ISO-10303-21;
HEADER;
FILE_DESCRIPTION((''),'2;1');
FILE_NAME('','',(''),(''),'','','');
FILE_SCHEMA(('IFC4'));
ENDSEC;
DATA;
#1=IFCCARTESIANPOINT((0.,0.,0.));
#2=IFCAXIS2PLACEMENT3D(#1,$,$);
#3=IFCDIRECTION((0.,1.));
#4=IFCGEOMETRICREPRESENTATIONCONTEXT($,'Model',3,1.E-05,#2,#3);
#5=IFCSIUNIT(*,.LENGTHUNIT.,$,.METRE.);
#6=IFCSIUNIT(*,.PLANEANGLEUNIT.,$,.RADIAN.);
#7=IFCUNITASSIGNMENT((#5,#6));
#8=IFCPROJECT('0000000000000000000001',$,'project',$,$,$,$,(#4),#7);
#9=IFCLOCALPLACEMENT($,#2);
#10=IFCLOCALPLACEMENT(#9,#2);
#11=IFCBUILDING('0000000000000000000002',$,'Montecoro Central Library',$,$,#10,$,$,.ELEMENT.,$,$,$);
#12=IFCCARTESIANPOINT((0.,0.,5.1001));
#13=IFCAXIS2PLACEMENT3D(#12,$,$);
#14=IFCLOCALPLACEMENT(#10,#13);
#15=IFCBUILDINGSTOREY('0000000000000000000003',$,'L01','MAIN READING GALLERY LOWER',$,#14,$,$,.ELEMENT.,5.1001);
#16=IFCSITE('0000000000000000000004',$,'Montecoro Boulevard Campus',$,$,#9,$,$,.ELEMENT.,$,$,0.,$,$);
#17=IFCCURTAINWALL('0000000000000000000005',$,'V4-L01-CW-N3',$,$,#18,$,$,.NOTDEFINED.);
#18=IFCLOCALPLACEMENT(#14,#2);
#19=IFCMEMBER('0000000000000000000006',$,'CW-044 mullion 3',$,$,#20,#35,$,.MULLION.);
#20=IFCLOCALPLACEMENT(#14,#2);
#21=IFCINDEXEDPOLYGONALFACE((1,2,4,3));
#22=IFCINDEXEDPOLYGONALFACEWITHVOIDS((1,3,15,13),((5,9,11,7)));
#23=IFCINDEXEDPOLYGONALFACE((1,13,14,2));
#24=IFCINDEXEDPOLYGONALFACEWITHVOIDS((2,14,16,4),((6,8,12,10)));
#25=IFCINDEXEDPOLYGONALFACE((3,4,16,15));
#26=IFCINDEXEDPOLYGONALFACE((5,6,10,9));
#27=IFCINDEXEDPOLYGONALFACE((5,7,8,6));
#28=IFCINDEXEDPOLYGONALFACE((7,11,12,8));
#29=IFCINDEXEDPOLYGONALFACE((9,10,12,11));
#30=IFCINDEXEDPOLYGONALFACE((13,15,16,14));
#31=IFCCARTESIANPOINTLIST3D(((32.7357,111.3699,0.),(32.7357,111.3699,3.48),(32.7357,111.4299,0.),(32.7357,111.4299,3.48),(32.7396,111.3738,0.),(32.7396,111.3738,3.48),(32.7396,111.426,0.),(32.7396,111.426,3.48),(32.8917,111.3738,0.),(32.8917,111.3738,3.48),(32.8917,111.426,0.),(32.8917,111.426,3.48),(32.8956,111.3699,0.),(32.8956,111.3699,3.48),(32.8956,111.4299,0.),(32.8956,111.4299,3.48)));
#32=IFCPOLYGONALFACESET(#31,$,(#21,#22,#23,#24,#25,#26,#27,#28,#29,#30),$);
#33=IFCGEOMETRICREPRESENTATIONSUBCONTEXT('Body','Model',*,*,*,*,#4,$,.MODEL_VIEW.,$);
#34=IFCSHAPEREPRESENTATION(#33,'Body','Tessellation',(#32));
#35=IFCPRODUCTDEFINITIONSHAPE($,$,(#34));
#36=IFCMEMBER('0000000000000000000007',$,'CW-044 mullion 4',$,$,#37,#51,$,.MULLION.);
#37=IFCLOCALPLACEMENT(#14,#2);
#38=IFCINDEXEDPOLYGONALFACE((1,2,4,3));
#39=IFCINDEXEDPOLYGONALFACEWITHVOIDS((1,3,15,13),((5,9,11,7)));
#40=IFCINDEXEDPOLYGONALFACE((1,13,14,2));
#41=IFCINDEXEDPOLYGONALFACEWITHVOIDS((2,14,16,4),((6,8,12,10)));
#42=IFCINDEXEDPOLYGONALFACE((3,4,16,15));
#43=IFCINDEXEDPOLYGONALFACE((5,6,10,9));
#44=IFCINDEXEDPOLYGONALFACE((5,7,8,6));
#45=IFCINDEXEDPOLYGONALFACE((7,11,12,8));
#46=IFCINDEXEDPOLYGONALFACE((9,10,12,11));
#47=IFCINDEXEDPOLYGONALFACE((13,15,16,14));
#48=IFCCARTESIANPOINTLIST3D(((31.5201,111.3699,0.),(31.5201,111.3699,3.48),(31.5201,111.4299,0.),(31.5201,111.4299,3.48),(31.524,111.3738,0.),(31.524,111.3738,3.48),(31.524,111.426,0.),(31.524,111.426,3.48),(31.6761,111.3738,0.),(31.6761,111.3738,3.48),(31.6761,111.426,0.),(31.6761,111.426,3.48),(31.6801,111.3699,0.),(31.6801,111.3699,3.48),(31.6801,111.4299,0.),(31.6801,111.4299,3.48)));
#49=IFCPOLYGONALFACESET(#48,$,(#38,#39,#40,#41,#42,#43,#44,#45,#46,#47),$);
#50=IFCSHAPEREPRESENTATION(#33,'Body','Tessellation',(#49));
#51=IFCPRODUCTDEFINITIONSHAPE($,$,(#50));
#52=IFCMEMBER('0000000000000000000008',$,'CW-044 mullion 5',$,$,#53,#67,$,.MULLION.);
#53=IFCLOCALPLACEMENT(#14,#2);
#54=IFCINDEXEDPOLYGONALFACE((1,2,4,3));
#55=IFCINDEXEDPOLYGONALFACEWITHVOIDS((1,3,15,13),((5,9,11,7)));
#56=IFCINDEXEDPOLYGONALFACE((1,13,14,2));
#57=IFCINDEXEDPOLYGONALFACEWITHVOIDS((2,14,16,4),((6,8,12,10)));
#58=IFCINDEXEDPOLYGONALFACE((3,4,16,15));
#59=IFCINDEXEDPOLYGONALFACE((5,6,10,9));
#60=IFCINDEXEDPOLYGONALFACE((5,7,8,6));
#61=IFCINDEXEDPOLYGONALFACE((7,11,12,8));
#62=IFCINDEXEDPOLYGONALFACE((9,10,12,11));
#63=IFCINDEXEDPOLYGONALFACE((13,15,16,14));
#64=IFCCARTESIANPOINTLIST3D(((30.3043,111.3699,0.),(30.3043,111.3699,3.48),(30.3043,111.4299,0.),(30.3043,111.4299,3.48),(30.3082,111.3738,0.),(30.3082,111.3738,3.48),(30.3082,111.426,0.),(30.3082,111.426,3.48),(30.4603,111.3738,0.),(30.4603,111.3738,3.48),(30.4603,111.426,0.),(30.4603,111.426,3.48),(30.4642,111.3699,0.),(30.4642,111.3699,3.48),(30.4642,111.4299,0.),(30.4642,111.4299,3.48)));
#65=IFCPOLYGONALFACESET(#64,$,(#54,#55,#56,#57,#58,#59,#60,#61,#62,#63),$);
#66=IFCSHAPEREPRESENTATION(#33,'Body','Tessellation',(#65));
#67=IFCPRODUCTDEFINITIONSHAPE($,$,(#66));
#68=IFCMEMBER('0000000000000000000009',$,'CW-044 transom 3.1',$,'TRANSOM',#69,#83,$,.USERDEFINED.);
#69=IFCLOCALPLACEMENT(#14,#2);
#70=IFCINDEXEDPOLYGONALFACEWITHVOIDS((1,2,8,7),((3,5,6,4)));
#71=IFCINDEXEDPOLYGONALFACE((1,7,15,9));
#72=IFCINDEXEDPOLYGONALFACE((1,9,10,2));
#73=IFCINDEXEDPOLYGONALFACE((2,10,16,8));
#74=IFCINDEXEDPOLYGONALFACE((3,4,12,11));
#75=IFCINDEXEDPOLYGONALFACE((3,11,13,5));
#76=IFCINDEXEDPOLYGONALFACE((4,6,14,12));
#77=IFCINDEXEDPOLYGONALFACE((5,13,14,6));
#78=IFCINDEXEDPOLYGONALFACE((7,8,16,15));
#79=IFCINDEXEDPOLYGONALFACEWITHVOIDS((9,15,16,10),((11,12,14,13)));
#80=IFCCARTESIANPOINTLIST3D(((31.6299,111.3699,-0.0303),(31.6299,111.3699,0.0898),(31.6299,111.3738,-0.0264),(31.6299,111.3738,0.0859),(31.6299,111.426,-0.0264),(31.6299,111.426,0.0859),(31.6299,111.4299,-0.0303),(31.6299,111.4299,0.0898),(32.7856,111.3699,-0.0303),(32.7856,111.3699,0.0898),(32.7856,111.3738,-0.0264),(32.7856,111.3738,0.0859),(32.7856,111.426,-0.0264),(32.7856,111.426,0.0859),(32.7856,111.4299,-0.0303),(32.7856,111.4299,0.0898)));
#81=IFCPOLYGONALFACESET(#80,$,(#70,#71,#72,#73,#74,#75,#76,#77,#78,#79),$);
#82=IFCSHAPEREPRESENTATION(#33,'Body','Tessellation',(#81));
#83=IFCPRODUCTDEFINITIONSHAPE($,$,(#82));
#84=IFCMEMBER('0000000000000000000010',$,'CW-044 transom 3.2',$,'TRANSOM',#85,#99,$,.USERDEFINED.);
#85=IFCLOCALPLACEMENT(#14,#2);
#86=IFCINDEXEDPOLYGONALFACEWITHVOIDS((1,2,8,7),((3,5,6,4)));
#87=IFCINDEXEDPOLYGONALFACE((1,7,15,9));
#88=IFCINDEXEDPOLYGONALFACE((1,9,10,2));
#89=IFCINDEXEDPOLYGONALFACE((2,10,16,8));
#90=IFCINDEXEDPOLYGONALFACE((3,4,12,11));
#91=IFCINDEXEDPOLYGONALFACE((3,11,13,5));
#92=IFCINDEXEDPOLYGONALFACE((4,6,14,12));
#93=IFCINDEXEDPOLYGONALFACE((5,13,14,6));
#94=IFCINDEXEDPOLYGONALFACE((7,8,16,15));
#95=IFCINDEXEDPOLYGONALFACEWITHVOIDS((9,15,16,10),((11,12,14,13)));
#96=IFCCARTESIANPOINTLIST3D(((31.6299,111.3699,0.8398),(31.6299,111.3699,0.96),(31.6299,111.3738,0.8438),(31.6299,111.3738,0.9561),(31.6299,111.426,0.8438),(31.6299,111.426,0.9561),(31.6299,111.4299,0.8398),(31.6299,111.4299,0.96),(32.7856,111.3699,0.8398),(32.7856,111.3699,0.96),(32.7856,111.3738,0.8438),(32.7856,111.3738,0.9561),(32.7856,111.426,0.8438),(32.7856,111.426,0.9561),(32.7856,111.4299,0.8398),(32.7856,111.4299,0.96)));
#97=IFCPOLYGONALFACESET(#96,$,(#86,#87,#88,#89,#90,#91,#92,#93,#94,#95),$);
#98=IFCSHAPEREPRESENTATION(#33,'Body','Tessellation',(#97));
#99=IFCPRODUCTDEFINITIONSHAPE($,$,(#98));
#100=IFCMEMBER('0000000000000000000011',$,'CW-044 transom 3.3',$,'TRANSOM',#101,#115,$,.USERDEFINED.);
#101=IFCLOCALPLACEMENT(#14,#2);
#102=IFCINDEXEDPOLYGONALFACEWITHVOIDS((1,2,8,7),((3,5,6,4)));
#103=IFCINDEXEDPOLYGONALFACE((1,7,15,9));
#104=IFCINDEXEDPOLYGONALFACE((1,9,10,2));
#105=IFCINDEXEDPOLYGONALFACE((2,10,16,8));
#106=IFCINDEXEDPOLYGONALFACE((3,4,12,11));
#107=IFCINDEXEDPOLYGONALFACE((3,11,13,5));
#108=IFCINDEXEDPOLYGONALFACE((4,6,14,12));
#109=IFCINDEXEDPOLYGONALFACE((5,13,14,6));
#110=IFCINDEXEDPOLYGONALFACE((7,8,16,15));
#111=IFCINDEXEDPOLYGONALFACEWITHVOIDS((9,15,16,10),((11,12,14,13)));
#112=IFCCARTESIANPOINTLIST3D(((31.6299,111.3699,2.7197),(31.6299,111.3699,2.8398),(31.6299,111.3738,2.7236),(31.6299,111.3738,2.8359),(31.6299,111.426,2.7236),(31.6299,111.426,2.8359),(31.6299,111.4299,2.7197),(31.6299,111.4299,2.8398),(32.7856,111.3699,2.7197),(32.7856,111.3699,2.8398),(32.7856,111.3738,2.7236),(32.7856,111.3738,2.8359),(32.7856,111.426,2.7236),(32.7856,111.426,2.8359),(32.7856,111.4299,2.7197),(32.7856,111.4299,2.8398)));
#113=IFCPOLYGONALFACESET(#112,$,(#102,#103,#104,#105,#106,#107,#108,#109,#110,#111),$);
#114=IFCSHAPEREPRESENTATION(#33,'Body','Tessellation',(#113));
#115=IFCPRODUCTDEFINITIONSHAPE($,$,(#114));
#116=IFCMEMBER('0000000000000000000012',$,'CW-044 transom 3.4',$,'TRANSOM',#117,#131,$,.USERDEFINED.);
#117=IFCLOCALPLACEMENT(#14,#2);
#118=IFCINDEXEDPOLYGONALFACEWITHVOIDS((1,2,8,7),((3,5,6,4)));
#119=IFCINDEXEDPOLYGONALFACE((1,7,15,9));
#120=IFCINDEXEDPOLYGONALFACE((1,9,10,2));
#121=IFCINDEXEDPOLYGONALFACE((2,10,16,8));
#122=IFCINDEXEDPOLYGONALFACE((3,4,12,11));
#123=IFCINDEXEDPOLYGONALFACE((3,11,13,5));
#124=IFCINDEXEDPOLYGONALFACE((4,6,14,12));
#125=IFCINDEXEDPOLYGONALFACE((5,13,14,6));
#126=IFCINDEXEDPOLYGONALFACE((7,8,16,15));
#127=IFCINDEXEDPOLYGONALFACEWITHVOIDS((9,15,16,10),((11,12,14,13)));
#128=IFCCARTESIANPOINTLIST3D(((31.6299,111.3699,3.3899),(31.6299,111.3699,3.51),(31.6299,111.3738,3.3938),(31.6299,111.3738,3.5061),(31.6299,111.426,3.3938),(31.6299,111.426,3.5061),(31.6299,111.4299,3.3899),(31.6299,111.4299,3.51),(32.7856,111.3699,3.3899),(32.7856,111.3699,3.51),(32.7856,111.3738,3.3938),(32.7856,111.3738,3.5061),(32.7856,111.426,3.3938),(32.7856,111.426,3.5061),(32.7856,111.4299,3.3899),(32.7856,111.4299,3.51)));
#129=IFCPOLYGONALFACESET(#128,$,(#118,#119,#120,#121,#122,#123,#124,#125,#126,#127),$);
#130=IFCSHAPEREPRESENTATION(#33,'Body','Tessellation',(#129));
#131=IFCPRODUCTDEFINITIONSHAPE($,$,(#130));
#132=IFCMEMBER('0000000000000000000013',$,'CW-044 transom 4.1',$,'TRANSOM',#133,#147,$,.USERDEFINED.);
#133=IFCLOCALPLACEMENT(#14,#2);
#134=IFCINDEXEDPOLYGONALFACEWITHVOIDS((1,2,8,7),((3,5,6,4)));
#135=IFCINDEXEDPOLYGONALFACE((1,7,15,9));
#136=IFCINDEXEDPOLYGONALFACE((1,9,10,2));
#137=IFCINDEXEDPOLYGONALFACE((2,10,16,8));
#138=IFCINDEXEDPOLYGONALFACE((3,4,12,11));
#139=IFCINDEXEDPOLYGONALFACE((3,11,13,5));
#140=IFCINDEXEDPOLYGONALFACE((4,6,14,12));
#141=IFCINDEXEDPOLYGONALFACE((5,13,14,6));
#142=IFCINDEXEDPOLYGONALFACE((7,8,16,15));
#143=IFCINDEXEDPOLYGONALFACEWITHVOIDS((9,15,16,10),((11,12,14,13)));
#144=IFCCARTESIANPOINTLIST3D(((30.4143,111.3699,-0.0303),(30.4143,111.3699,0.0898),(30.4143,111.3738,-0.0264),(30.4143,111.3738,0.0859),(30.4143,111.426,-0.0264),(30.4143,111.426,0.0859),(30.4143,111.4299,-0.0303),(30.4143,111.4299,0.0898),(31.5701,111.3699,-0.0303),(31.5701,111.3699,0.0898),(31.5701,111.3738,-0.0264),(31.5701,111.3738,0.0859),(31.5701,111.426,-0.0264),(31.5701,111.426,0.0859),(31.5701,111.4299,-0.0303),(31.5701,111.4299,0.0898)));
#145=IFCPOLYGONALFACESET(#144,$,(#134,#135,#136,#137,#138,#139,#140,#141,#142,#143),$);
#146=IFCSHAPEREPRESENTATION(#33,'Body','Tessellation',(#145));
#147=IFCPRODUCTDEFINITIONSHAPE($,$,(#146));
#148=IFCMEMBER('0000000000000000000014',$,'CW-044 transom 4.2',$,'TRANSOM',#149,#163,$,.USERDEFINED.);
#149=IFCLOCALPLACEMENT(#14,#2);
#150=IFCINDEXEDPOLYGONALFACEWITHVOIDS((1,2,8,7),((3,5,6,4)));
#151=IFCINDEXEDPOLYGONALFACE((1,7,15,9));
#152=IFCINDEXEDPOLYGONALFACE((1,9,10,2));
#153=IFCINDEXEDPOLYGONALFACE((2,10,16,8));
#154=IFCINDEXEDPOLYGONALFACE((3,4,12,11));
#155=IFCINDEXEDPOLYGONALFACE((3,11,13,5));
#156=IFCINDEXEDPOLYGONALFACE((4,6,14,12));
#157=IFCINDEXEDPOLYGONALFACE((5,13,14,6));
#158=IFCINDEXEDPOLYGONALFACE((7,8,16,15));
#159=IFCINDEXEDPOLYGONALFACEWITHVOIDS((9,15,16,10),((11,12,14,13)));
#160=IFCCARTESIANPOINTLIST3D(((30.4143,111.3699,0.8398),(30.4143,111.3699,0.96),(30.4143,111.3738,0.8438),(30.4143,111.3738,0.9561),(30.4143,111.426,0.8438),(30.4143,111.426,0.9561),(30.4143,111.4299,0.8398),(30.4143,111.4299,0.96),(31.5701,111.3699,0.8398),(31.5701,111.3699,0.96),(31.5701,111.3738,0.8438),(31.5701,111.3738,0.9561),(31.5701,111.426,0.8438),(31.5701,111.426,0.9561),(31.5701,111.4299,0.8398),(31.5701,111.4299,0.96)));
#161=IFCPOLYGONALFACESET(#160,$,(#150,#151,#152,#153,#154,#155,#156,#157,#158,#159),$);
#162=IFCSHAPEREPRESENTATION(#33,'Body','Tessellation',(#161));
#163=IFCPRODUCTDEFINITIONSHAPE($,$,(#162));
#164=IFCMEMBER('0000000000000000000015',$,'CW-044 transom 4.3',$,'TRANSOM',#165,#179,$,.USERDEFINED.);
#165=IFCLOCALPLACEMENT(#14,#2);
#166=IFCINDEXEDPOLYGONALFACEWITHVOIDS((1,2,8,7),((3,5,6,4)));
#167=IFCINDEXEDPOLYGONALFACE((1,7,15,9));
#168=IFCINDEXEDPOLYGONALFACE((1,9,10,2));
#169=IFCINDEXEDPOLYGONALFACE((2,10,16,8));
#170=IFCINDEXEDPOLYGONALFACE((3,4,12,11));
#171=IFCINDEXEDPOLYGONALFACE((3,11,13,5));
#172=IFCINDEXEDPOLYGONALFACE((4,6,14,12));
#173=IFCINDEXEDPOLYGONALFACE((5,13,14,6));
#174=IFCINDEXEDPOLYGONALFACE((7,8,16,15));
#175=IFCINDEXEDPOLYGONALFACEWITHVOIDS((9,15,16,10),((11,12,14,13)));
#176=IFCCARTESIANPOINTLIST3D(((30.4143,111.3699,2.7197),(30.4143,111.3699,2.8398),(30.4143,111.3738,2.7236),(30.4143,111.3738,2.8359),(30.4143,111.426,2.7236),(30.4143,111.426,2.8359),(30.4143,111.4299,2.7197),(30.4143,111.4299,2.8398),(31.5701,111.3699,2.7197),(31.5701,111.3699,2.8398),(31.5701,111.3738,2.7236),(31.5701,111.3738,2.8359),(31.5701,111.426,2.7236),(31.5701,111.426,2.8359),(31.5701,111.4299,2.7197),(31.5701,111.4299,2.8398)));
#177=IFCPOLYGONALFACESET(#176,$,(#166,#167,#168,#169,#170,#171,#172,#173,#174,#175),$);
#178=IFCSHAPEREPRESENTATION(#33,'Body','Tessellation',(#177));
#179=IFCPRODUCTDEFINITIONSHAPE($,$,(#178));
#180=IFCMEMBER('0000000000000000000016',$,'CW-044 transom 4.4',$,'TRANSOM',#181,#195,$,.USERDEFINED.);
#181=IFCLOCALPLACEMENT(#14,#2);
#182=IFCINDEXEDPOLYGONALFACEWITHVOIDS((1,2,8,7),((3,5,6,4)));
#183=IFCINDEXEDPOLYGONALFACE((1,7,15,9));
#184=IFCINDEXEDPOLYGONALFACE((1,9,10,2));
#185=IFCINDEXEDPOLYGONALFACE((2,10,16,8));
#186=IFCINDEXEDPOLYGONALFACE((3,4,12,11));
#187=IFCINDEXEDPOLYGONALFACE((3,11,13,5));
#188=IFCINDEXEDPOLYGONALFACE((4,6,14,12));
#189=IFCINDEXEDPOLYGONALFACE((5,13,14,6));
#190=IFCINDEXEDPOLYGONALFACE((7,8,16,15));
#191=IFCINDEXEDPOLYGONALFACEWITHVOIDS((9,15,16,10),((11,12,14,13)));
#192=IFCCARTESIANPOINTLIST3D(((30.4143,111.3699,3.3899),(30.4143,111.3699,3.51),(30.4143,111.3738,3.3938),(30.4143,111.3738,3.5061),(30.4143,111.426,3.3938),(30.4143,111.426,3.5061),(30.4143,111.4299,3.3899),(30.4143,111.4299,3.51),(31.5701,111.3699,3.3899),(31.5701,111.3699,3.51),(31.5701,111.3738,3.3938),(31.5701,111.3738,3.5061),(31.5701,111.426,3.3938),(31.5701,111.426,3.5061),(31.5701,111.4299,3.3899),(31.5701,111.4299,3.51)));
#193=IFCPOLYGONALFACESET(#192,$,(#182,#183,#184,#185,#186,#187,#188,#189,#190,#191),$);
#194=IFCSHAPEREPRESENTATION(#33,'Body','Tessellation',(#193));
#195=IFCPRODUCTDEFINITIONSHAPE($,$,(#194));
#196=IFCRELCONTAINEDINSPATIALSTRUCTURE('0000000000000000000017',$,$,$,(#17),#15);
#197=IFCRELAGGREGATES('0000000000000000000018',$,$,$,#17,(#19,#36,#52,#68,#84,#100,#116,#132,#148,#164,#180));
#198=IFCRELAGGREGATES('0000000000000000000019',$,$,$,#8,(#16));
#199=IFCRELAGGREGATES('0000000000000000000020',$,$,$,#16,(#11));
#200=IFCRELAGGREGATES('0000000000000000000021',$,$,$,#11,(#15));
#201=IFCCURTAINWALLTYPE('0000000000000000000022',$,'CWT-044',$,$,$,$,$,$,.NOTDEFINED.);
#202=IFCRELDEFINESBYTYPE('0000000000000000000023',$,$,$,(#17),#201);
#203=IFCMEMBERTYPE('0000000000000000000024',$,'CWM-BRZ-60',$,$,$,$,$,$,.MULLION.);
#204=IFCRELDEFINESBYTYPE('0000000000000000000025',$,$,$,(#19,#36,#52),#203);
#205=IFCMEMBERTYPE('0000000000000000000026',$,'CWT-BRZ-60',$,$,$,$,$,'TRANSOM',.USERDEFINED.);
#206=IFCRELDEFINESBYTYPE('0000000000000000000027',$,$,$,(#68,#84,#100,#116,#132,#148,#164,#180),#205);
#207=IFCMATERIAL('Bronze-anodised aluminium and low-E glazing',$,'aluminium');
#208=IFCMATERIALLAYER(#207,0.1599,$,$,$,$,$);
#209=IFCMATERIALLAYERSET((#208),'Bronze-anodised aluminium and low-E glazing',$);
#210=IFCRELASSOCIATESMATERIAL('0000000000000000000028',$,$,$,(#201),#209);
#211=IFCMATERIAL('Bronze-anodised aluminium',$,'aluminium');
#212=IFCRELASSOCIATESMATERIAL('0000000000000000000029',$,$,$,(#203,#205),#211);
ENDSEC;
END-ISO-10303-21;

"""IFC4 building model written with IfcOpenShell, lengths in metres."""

from ifc_helpers import new_model, si_unit, direction, frame, origin, origin_2d, place, context, subcontext, project, spatial, hollow_rectangle, extrude, material, layer, layer_set, material_profile, profile_set, type_object, element, aggregate, save


model = new_model("IFC4")

# Units and contexts
model_context = context("Model", 3, precision=1e-05, world=origin(), true_north=direction((0.0, 1.0)))
body_context = subcontext(model_context, "Body", "Model", "MODEL_VIEW")
ifc_project = project(units=[si_unit("LENGTHUNIT", "METRE"), si_unit("PLANEANGLEUNIT", "RADIAN")], contexts=[model_context])

# Site, building, storey
site_placement = place(None, origin())
site = spatial("IfcSite", under=ifc_project, at=site_placement, Name="Montecoro Boulevard Campus", CompositionType="ELEMENT", RefElevation=0.0)
building_placement = place(site_placement, origin())
building = spatial("IfcBuilding", under=site, at=building_placement, Name="Montecoro Central Library", CompositionType="ELEMENT")
storey_placement = place(building_placement, frame((0.0, 0.0, 5.1001)))
storey = spatial("IfcBuildingStorey", under=building, at=storey_placement, Name="L01", Description="MAIN READING GALLERY LOWER", CompositionType="ELEMENT", Elevation=5.1001)

# Curtain wall, members
ifc_material_1 = material(Name="Bronze-anodised aluminium and low-E glazing", Category="aluminium")
ifc_layer_1 = layer(ifc_material_1, 0.1599)
ifc_layer_set_1 = layer_set([ifc_layer_1], Name="Bronze-anodised aluminium and low-E glazing")
curtain_wall_type = type_object("IfcCurtainWallType", Name="CWT-044", PredefinedType="NOTDEFINED", material=ifc_layer_set_1)
curtain_wall_placement = place(storey_placement, origin())
curtain_wall = element("IfcCurtainWall", 1, at=curtain_wall_placement, inside=storey, type_object=curtain_wall_type, Name="V4-L01-CW-N3", PredefinedType="NOTDEFINED")
ifc_material_2 = material(Name="Bronze-anodised aluminium", Category="aluminium")
ifc_material_profile_1 = material_profile(ifc_material_2, hollow_rectangle(XDim=0.0601, YDim=0.1599, WallThickness=0.0039, at=origin_2d()), Name="CWM 160x60x4.0")
ifc_profile_set_1 = profile_set([ifc_material_profile_1], Name="Bronze-anodised aluminium")
member_type_1 = type_object("IfcMemberType", Name="CWM-BRZ-60", PredefinedType="MULLION", material=ifc_profile_set_1)
member_1_placement = place(storey_placement, frame((32.8157, 111.3999, 0.0), z_axis=(0.0, 0.0, 1.0), x_axis=(0.0, -1.0, 0.0)))
member_1 = element("IfcMember", 2, at=member_1_placement, type_object=member_type_1, Name="CW-044 mullion 3", PredefinedType="MULLION", context=body_context, shape_type="SweptSolid", body=[
    extrude(hollow_rectangle(XDim=0.0601, YDim=0.1599, WallThickness=0.0039, at=origin_2d()), origin(), (0.0, 0.0, 1.0), 3.48),
])
member_2_placement = place(storey_placement, frame((31.6001, 111.3999, 0.0), z_axis=(0.0, 0.0, 1.0), x_axis=(0.0, -1.0, 0.0)))
member_2 = element("IfcMember", 3, at=member_2_placement, type_object=member_type_1, Name="CW-044 mullion 4", PredefinedType="MULLION", context=body_context, shape_type="SweptSolid", body=[
    extrude(hollow_rectangle(XDim=0.0601, YDim=0.1599, WallThickness=0.0039, at=origin_2d()), origin(), (0.0, 0.0, 1.0), 3.48),
])
member_3_placement = place(storey_placement, frame((30.3843, 111.3999, 0.0), z_axis=(0.0, 0.0, 1.0), x_axis=(0.0, -1.0, 0.0)))
member_3 = element("IfcMember", 4, at=member_3_placement, type_object=member_type_1, Name="CW-044 mullion 5", PredefinedType="MULLION", context=body_context, shape_type="SweptSolid", body=[
    extrude(hollow_rectangle(XDim=0.0601, YDim=0.1599, WallThickness=0.0039, at=origin_2d()), origin(), (0.0, 0.0, 1.0), 3.48),
])
ifc_material_profile_2 = material_profile(ifc_material_2, hollow_rectangle(XDim=0.0601, YDim=0.1201, WallThickness=0.0039, at=origin_2d()), Name="CWT 120x60x4.0")
ifc_profile_set_2 = profile_set([ifc_material_profile_2], Name="Bronze-anodised aluminium")
member_type_2 = type_object("IfcMemberType", Name="CWT-BRZ-60", ElementType="TRANSOM", PredefinedType="USERDEFINED", material=ifc_profile_set_2)
member_4_placement = place(storey_placement, frame((32.7856, 111.3999, 0.0298), z_axis=(-1.0, 0.0, 0.0), x_axis=(0.0, -1.0, 0.0)))
member_4 = element("IfcMember", 5, at=member_4_placement, type_object=member_type_2, Name="CW-044 transom 3.1", ObjectType="TRANSOM", PredefinedType="USERDEFINED", context=body_context, shape_type="SweptSolid", body=[
    extrude(hollow_rectangle(XDim=0.0601, YDim=0.1201, WallThickness=0.0039, at=origin_2d()), origin(), (0.0, 0.0, 1.0), 1.1558),
])
member_5_placement = place(storey_placement, frame((32.7856, 111.3999, 0.8999), z_axis=(-1.0, 0.0, 0.0), x_axis=(0.0, -1.0, 0.0)))
member_5 = element("IfcMember", 6, at=member_5_placement, type_object=member_type_2, Name="CW-044 transom 3.2", ObjectType="TRANSOM", PredefinedType="USERDEFINED", context=body_context, shape_type="SweptSolid", body=[
    extrude(hollow_rectangle(XDim=0.0601, YDim=0.1201, WallThickness=0.0039, at=origin_2d()), origin(), (0.0, 0.0, 1.0), 1.1558),
])
member_6_placement = place(storey_placement, frame((32.7856, 111.3999, 2.7798), z_axis=(-1.0, 0.0, 0.0), x_axis=(0.0, -1.0, 0.0)))
member_6 = element("IfcMember", 7, at=member_6_placement, type_object=member_type_2, Name="CW-044 transom 3.3", ObjectType="TRANSOM", PredefinedType="USERDEFINED", context=body_context, shape_type="SweptSolid", body=[
    extrude(hollow_rectangle(XDim=0.0601, YDim=0.1201, WallThickness=0.0039, at=origin_2d()), origin(), (0.0, 0.0, 1.0), 1.1558),
])
member_7_placement = place(storey_placement, frame((32.7856, 111.3999, 3.45), z_axis=(-1.0, 0.0, 0.0), x_axis=(0.0, -1.0, 0.0)))
member_7 = element("IfcMember", 8, at=member_7_placement, type_object=member_type_2, Name="CW-044 transom 3.4", ObjectType="TRANSOM", PredefinedType="USERDEFINED", context=body_context, shape_type="SweptSolid", body=[
    extrude(hollow_rectangle(XDim=0.0601, YDim=0.1201, WallThickness=0.0039, at=origin_2d()), origin(), (0.0, 0.0, 1.0), 1.1558),
])
member_8_placement = place(storey_placement, frame((31.5701, 111.3999, 0.0298), z_axis=(-1.0, 0.0, 0.0), x_axis=(0.0, -1.0, 0.0)))
member_8 = element("IfcMember", 9, at=member_8_placement, type_object=member_type_2, Name="CW-044 transom 4.1", ObjectType="TRANSOM", PredefinedType="USERDEFINED", context=body_context, shape_type="SweptSolid", body=[
    extrude(hollow_rectangle(XDim=0.0601, YDim=0.1201, WallThickness=0.0039, at=origin_2d()), origin(), (0.0, 0.0, 1.0), 1.1558),
])
member_9_placement = place(storey_placement, frame((31.5701, 111.3999, 0.8999), z_axis=(-1.0, 0.0, 0.0), x_axis=(0.0, -1.0, 0.0)))
member_9 = element("IfcMember", 10, at=member_9_placement, type_object=member_type_2, Name="CW-044 transom 4.2", ObjectType="TRANSOM", PredefinedType="USERDEFINED", context=body_context, shape_type="SweptSolid", body=[
    extrude(hollow_rectangle(XDim=0.0601, YDim=0.1201, WallThickness=0.0039, at=origin_2d()), origin(), (0.0, 0.0, 1.0), 1.1558),
])
member_10_placement = place(storey_placement, frame((31.5701, 111.3999, 2.7798), z_axis=(-1.0, 0.0, 0.0), x_axis=(0.0, -1.0, 0.0)))
member_10 = element("IfcMember", 11, at=member_10_placement, type_object=member_type_2, Name="CW-044 transom 4.3", ObjectType="TRANSOM", PredefinedType="USERDEFINED", context=body_context, shape_type="SweptSolid", body=[
    extrude(hollow_rectangle(XDim=0.0601, YDim=0.1201, WallThickness=0.0039, at=origin_2d()), origin(), (0.0, 0.0, 1.0), 1.1558),
])
member_11_placement = place(storey_placement, frame((31.5701, 111.3999, 3.45), z_axis=(-1.0, 0.0, 0.0), x_axis=(0.0, -1.0, 0.0)))
member_11 = element("IfcMember", 12, at=member_11_placement, type_object=member_type_2, Name="CW-044 transom 4.4", ObjectType="TRANSOM", PredefinedType="USERDEFINED", context=body_context, shape_type="SweptSolid", body=[
    extrude(hollow_rectangle(XDim=0.0601, YDim=0.1201, WallThickness=0.0039, at=origin_2d()), origin(), (0.0, 0.0, 1.0), 1.1558),
])
aggregate(curtain_wall, [member_1, member_2, member_3, member_4, member_5, member_6, member_7, member_8, member_9, member_10, member_11])

save(model, "model.ifc")
